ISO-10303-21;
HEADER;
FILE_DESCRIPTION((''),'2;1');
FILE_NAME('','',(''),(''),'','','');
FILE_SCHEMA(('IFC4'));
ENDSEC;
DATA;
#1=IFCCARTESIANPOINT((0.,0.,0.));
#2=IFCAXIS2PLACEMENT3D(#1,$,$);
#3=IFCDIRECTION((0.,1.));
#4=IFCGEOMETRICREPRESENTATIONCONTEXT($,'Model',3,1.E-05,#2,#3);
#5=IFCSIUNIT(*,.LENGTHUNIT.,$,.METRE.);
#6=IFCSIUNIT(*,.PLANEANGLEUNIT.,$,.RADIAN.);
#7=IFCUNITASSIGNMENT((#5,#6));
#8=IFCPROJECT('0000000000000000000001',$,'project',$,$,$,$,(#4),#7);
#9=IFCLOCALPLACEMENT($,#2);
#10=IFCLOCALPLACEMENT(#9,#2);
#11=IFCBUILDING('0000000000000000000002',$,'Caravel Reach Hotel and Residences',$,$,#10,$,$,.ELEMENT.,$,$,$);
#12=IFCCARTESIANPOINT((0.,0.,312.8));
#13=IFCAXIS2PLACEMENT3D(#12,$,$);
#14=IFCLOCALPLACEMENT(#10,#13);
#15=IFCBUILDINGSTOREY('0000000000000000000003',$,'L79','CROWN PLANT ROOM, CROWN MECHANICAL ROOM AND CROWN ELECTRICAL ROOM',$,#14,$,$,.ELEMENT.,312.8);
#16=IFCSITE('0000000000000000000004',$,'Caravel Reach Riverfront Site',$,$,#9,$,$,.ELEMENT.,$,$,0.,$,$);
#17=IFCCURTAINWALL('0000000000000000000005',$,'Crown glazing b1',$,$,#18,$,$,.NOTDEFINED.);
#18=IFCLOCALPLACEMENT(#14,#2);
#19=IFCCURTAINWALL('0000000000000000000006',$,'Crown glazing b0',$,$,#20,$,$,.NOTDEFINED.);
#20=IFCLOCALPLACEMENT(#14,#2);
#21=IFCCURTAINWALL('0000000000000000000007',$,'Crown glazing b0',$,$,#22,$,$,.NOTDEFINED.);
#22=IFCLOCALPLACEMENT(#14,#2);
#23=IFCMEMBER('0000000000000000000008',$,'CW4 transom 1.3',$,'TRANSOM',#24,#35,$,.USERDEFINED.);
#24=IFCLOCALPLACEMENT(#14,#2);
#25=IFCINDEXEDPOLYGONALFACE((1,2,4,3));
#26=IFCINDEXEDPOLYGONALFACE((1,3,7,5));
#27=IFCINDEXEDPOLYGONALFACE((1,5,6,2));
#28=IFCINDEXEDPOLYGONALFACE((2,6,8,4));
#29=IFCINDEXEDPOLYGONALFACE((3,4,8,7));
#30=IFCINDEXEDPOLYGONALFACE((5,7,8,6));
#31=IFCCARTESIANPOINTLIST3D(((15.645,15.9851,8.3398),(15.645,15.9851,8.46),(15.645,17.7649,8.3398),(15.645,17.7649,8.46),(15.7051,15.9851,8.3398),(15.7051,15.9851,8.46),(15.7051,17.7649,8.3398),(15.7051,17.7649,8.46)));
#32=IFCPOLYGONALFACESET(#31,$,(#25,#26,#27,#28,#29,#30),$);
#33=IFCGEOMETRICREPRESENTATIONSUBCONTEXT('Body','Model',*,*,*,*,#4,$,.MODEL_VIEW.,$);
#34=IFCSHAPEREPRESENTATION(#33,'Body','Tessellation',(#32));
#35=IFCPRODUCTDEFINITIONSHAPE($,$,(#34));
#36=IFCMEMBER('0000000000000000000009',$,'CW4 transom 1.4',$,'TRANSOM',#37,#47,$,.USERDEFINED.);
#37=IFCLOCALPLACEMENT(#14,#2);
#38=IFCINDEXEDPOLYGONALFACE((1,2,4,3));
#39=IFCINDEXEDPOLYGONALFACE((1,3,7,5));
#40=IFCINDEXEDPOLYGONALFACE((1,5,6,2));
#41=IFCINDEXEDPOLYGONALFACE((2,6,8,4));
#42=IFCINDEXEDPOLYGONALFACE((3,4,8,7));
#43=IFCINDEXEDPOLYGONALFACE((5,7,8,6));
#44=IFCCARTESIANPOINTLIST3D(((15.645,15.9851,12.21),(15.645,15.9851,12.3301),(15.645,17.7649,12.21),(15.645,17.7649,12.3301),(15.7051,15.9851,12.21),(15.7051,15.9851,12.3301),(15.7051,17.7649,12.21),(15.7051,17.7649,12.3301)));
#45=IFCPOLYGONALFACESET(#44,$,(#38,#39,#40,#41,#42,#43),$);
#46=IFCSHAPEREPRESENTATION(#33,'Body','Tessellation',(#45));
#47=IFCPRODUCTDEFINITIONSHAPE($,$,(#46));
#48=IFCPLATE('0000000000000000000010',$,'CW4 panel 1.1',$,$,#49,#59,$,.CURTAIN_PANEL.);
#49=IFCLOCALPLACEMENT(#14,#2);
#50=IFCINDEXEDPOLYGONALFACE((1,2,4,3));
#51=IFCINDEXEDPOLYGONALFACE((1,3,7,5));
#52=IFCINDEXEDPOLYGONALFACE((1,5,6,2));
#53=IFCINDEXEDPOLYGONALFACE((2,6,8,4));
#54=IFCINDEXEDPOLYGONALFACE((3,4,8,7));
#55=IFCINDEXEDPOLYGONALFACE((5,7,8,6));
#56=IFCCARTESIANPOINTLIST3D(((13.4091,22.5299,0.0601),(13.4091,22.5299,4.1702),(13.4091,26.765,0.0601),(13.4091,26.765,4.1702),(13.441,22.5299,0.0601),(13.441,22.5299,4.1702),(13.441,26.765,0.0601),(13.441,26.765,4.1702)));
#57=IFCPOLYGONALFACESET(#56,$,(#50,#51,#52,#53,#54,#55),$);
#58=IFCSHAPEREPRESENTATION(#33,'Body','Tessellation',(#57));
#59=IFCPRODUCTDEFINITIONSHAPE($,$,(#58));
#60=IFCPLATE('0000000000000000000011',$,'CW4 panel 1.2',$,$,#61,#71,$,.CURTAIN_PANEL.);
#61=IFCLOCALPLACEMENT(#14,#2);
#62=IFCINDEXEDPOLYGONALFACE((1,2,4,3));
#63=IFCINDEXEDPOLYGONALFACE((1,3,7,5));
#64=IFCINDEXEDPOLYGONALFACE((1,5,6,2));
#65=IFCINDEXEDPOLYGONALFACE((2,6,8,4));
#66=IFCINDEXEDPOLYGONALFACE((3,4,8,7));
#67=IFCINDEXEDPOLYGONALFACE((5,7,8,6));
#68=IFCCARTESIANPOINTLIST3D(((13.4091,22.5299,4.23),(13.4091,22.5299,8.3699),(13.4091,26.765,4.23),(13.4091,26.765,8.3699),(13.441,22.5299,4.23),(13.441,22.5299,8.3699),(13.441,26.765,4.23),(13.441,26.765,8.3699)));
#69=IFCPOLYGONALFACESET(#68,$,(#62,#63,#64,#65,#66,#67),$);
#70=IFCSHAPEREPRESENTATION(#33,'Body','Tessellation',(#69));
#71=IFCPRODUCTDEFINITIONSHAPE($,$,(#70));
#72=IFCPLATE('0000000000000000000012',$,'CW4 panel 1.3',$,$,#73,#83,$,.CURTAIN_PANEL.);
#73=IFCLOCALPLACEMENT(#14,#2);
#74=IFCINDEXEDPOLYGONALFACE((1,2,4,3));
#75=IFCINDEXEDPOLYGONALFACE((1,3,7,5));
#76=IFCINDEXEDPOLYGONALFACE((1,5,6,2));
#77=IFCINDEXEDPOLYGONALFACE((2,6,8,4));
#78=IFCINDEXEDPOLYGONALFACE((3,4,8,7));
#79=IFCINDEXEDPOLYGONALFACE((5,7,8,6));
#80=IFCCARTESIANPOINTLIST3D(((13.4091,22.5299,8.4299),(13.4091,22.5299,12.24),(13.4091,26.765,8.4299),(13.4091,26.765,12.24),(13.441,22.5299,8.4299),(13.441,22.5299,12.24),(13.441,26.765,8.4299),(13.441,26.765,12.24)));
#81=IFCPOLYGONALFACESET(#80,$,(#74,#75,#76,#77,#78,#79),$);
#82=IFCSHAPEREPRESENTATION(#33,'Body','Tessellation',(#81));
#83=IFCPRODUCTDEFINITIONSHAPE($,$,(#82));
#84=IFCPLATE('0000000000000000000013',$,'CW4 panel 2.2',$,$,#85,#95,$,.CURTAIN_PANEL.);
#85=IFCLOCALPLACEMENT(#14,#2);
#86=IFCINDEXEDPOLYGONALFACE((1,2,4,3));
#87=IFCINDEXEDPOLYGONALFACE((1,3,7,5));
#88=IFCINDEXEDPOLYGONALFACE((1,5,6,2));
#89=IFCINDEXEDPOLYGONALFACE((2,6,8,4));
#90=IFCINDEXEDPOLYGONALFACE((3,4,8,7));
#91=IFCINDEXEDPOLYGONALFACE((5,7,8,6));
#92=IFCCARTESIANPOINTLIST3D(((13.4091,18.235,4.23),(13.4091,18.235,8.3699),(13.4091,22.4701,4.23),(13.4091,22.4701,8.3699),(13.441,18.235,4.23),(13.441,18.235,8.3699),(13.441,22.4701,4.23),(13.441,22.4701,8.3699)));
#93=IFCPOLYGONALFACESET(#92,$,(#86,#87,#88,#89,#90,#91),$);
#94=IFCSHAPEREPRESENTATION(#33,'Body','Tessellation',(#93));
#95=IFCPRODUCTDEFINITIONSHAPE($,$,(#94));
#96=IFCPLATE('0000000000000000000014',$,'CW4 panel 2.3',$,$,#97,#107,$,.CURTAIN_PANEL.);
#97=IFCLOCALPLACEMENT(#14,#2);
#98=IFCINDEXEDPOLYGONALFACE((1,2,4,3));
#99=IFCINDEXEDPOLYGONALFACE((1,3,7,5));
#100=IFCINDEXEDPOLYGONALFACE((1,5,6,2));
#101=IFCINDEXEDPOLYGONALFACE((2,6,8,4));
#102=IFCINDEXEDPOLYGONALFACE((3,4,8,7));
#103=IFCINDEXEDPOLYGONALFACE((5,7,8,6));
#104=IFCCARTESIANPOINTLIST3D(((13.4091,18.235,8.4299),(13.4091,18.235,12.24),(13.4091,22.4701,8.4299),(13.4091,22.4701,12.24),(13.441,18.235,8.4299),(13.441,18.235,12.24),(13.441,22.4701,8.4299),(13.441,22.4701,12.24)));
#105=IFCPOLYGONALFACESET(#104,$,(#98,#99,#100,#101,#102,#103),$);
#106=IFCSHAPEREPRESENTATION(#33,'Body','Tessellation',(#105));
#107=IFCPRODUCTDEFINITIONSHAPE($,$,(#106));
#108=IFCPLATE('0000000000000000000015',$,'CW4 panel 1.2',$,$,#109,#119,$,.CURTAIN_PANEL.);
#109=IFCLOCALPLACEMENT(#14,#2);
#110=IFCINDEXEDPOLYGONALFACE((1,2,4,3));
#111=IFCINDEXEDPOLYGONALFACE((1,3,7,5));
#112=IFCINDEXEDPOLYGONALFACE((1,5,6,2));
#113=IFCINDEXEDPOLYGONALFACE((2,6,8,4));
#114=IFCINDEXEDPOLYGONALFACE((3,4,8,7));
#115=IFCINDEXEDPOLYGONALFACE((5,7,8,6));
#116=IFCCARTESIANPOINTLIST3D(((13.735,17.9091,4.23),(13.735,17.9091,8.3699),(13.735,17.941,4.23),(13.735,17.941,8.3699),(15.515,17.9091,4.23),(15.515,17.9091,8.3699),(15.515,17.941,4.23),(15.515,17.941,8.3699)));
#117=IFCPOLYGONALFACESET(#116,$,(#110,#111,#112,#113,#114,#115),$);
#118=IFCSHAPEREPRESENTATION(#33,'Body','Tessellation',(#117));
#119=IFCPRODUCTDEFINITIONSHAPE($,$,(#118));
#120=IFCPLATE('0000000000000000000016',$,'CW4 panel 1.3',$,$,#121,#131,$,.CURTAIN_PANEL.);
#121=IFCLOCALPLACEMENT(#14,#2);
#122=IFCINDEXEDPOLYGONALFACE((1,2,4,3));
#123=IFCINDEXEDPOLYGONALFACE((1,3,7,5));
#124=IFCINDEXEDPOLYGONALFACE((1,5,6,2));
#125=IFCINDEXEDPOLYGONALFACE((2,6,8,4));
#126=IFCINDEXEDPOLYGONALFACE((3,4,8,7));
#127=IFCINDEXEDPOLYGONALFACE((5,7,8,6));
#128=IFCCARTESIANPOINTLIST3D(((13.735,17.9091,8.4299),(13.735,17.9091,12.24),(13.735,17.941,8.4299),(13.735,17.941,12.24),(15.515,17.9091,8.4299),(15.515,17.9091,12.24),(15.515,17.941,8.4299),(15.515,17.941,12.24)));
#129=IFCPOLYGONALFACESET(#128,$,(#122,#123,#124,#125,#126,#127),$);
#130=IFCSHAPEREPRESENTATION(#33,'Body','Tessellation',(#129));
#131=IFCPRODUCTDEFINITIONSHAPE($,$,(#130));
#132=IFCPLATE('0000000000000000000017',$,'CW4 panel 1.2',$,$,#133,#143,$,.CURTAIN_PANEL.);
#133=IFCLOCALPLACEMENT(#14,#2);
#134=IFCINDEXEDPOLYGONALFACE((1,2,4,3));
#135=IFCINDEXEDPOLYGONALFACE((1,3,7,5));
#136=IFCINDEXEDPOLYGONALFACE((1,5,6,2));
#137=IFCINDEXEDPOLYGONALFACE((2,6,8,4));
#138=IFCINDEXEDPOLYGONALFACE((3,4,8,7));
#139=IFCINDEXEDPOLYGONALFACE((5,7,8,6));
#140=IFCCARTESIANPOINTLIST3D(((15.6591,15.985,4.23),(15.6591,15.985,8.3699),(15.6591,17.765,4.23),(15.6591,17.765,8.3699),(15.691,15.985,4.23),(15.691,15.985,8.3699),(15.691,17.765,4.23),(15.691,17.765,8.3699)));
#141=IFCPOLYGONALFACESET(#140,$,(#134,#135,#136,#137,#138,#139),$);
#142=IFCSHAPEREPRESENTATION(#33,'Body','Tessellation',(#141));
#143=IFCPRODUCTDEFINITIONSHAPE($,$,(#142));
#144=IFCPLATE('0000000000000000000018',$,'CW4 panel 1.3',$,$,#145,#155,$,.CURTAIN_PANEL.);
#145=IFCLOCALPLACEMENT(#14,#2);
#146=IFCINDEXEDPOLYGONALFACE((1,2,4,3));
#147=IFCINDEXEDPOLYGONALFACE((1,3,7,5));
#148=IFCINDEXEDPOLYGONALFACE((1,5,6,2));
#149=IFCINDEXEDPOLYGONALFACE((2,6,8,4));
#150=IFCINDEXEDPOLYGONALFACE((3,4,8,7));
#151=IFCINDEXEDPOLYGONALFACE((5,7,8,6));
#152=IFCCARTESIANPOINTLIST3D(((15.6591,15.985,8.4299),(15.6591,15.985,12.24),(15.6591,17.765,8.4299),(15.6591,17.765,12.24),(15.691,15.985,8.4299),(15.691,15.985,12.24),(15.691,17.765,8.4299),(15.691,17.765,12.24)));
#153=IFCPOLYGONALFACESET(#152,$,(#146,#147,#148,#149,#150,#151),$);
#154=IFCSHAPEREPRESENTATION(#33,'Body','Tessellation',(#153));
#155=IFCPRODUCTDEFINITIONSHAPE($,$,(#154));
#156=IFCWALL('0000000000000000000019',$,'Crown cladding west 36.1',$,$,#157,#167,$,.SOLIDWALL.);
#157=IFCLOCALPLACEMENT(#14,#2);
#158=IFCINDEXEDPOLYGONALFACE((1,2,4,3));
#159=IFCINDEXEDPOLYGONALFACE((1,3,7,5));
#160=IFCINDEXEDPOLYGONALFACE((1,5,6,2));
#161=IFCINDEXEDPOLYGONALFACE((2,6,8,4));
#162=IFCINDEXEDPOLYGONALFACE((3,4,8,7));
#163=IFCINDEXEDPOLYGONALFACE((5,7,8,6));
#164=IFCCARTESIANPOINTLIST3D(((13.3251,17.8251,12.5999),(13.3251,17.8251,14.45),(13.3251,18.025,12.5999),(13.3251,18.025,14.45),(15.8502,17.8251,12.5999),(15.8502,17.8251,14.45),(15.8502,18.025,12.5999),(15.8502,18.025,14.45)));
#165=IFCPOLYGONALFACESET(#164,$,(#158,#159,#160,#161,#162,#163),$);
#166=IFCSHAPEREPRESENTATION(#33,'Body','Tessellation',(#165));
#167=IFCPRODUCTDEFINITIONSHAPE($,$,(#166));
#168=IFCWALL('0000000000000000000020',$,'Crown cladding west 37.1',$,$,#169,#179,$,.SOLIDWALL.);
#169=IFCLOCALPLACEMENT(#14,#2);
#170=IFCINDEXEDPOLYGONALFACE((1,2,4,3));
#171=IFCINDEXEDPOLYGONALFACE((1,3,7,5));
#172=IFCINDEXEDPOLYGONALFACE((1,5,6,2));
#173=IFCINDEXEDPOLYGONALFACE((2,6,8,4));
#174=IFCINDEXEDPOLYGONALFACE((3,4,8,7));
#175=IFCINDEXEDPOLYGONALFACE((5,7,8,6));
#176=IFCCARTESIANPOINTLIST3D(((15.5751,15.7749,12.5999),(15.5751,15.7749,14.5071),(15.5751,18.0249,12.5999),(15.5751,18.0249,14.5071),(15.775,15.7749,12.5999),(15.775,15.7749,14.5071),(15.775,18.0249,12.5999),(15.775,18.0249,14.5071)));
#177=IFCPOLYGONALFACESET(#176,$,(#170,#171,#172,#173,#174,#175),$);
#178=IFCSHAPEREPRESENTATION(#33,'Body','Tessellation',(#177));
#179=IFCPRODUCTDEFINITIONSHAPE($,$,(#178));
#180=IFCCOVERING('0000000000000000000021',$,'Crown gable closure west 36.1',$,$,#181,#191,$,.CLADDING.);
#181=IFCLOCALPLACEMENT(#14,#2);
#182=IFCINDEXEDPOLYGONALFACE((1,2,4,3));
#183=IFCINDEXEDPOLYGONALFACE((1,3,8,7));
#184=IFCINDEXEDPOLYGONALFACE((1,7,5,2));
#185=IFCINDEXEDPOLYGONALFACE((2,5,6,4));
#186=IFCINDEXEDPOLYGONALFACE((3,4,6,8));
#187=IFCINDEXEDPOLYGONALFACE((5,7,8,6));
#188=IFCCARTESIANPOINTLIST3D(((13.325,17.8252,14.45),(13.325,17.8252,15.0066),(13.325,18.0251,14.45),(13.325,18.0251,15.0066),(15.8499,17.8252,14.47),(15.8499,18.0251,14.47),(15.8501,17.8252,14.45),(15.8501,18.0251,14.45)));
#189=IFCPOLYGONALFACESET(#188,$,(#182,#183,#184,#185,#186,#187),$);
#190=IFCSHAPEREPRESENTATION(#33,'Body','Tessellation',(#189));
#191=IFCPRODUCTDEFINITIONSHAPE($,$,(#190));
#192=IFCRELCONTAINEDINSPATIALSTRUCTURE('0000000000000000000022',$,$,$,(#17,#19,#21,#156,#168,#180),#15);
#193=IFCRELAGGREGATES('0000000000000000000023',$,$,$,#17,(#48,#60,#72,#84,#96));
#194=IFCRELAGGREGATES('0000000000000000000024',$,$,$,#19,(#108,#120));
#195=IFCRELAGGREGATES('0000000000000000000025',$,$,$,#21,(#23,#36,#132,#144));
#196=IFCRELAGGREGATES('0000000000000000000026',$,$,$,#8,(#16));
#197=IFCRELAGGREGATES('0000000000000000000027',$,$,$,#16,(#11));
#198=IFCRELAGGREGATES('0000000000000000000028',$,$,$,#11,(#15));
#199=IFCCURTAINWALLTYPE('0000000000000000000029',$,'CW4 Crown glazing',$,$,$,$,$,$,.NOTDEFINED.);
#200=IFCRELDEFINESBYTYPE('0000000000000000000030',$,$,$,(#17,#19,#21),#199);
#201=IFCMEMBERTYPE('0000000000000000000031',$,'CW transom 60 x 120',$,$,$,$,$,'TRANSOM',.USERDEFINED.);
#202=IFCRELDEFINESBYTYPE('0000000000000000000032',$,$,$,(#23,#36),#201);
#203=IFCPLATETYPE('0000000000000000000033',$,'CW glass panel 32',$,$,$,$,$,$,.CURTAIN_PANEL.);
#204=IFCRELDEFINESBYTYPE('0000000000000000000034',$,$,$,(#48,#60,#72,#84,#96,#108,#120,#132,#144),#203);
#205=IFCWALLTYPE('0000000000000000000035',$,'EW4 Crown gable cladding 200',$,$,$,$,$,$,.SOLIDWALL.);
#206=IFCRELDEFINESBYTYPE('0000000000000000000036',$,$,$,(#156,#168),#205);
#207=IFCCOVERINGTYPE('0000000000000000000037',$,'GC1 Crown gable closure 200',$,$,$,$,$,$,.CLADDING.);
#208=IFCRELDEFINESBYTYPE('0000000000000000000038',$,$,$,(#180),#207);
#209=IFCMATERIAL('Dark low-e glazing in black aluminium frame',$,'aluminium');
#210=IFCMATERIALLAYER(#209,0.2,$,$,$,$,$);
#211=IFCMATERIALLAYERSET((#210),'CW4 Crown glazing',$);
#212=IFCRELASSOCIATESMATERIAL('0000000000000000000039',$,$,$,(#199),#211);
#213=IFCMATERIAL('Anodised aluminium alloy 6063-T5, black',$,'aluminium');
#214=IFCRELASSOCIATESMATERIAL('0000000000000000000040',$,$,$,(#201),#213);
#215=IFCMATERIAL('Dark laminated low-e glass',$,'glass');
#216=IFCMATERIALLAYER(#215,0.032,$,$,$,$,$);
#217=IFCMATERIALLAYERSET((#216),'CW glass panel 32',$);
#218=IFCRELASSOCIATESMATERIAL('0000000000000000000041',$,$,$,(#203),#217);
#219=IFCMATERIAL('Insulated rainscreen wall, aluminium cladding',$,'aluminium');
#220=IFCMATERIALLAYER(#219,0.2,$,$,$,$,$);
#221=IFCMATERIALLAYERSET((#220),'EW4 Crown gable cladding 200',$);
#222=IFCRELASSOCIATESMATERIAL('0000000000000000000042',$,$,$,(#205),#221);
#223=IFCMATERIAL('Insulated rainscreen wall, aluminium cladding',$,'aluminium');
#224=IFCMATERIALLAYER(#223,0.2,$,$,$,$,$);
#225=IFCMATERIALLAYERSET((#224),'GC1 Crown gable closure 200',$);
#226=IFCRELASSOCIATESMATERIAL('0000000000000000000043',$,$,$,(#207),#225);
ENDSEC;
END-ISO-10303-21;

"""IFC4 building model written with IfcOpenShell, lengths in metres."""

from ifc_helpers import new_model, si_unit, direction, frame, frame_2d, origin, origin_2d, place, context, subcontext, project, spatial, polyline, rectangle, outline, extrude, material, layer, layer_set, material_profile, profile_set, type_object, element, aggregate, save


model = new_model("IFC4")

# Units and contexts
model_context = context("Model", 3, precision=1e-05, world=origin(), true_north=direction((0.0, 1.0)))
body_context = subcontext(model_context, "Body", "Model", "MODEL_VIEW")
ifc_project = project(units=[si_unit("LENGTHUNIT", "METRE"), si_unit("PLANEANGLEUNIT", "RADIAN")], contexts=[model_context])

# Site, building, storey
site_placement = place(None, origin())
site = spatial("IfcSite", under=ifc_project, at=site_placement, Name="Caravel Reach Riverfront Site", CompositionType="ELEMENT", RefElevation=0.0)
building_placement = place(site_placement, origin())
building = spatial("IfcBuilding", under=site, at=building_placement, Name="Caravel Reach Hotel and Residences", CompositionType="ELEMENT")
storey_placement = place(building_placement, frame((0.0, 0.0, 312.8)))
storey = spatial("IfcBuildingStorey", under=building, at=storey_placement, Name="L79", Description="CROWN PLANT ROOM, CROWN MECHANICAL ROOM AND CROWN ELECTRICAL ROOM", CompositionType="ELEMENT", Elevation=312.8)

# Curtain walls, members
ifc_material_1 = material(Name="Dark low-e glazing in black aluminium frame", Category="aluminium")
ifc_layer_1 = layer(ifc_material_1, 0.2)
ifc_layer_set_1 = layer_set([ifc_layer_1], Name="CW4 Crown glazing")
curtain_wall_type = type_object("IfcCurtainWallType", Name="CW4 Crown glazing", PredefinedType="NOTDEFINED", material=ifc_layer_set_1)
curtain_wall_1_placement = place(storey_placement, origin())
curtain_wall_1 = element("IfcCurtainWall", 1, at=curtain_wall_1_placement, inside=storey, type_object=curtain_wall_type, Name="Crown glazing b1", PredefinedType="NOTDEFINED")
ifc_material_2 = material(Name="Anodised aluminium alloy 6063-T5, black", Category="aluminium")
ifc_material_profile_1 = material_profile(ifc_material_2, rectangle(XDim=0.0601, YDim=0.1201, at=origin_2d()), Name="CW transom 60 x 120")
ifc_profile_set_1 = profile_set([ifc_material_profile_1], Name="Anodised aluminium alloy 6063-T5, black")
member_type = type_object("IfcMemberType", Name="CW transom 60 x 120", ElementType="TRANSOM", PredefinedType="USERDEFINED", material=ifc_profile_set_1)
curtain_wall_2_placement = place(storey_placement, origin())
curtain_wall_2 = element("IfcCurtainWall", 2, at=curtain_wall_2_placement, inside=storey, type_object=curtain_wall_type, Name="Crown glazing b0", PredefinedType="NOTDEFINED")
curtain_wall_3_placement = place(storey_placement, origin())
curtain_wall_3 = element("IfcCurtainWall", 3, at=curtain_wall_3_placement, inside=storey, type_object=curtain_wall_type, Name="Crown glazing b0", PredefinedType="NOTDEFINED")
member_1_placement = place(storey_placement, frame((15.675, 17.7649, 8.3999), z_axis=(0.0, -1.0, 0.0), x_axis=(1.0, 0.0, 0.0)))
member_1 = element("IfcMember", 4, at=member_1_placement, type_object=member_type, Name="CW4 transom 1.3", ObjectType="TRANSOM", PredefinedType="USERDEFINED", context=body_context, shape_type="SweptSolid", body=[
    extrude(rectangle(XDim=0.0601, YDim=0.1201, at=origin_2d()), origin(), (0.0, 0.0, 1.0), 1.7798),
])
member_2_placement = place(storey_placement, frame((15.675, 17.7649, 12.27), z_axis=(0.0, -1.0, 0.0), x_axis=(1.0, 0.0, 0.0)))
member_2 = element("IfcMember", 5, at=member_2_placement, type_object=member_type, Name="CW4 transom 1.4", ObjectType="TRANSOM", PredefinedType="USERDEFINED", context=body_context, shape_type="SweptSolid", body=[
    extrude(rectangle(XDim=0.0601, YDim=0.1201, at=origin_2d()), origin(), (0.0, 0.0, 1.0), 1.7798),
])

# Plates
ifc_material_3 = material(Name="Dark laminated low-e glass", Category="glass")
ifc_layer_2 = layer(ifc_material_3, 0.032)
ifc_layer_set_2 = layer_set([ifc_layer_2], Name="CW glass panel 32")
plate_type = type_object("IfcPlateType", Name="CW glass panel 32", PredefinedType="CURTAIN_PANEL", material=ifc_layer_set_2)
plate_1_placement = place(storey_placement, frame((13.425, 24.6475, 0.0601), z_axis=(0.0, 0.0, 1.0), x_axis=(0.0, -1.0, 0.0)))
plate_1 = element("IfcPlate", 6, at=plate_1_placement, type_object=plate_type, Name="CW4 panel 1.1", PredefinedType="CURTAIN_PANEL", context=body_context, shape_type="SweptSolid", body=[
    extrude(rectangle(XDim=4.2351, YDim=0.032, at=origin_2d()), origin(), (0.0, 0.0, 1.0), 4.1101),
])
plate_2_placement = place(storey_placement, frame((13.425, 24.6475, 4.23), z_axis=(0.0, 0.0, 1.0), x_axis=(0.0, -1.0, 0.0)))
plate_2 = element("IfcPlate", 7, at=plate_2_placement, type_object=plate_type, Name="CW4 panel 1.2", PredefinedType="CURTAIN_PANEL", context=body_context, shape_type="SweptSolid", body=[
    extrude(rectangle(XDim=4.2351, YDim=0.032, at=origin_2d()), origin(), (0.0, 0.0, 1.0), 4.1399),
])
plate_3_placement = place(storey_placement, frame((13.425, 24.6475, 8.4299), z_axis=(0.0, 0.0, 1.0), x_axis=(0.0, -1.0, 0.0)))
plate_3 = element("IfcPlate", 8, at=plate_3_placement, type_object=plate_type, Name="CW4 panel 1.3", PredefinedType="CURTAIN_PANEL", context=body_context, shape_type="SweptSolid", body=[
    extrude(rectangle(XDim=4.2351, YDim=0.032, at=origin_2d()), origin(), (0.0, 0.0, 1.0), 3.8101),
])
plate_4_placement = place(storey_placement, frame((13.425, 20.3525, 4.23), z_axis=(0.0, 0.0, 1.0), x_axis=(0.0, -1.0, 0.0)))
plate_4 = element("IfcPlate", 9, at=plate_4_placement, type_object=plate_type, Name="CW4 panel 2.2", PredefinedType="CURTAIN_PANEL", context=body_context, shape_type="SweptSolid", body=[
    extrude(rectangle(XDim=4.2351, YDim=0.032, at=origin_2d()), origin(), (0.0, 0.0, 1.0), 4.1399),
])
plate_5_placement = place(storey_placement, frame((13.425, 20.3525, 8.4299), z_axis=(0.0, 0.0, 1.0), x_axis=(0.0, -1.0, 0.0)))
plate_5 = element("IfcPlate", 10, at=plate_5_placement, type_object=plate_type, Name="CW4 panel 2.3", PredefinedType="CURTAIN_PANEL", context=body_context, shape_type="SweptSolid", body=[
    extrude(rectangle(XDim=4.2351, YDim=0.032, at=origin_2d()), origin(), (0.0, 0.0, 1.0), 3.8101),
])
aggregate(curtain_wall_1, [plate_1, plate_2, plate_3, plate_4, plate_5])
plate_6_placement = place(storey_placement, frame((14.625, 17.925, 4.23), z_axis=(0.0, 0.0, 1.0), x_axis=(1.0, 0.0, 0.0)))
plate_6 = element("IfcPlate", 11, at=plate_6_placement, type_object=plate_type, Name="CW4 panel 1.2", PredefinedType="CURTAIN_PANEL", context=body_context, shape_type="SweptSolid", body=[
    extrude(rectangle(XDim=1.78, YDim=0.032, at=origin_2d()), origin(), (0.0, 0.0, 1.0), 4.1399),
])
plate_7_placement = place(storey_placement, frame((14.625, 17.925, 8.4299), z_axis=(0.0, 0.0, 1.0), x_axis=(1.0, 0.0, 0.0)))
plate_7 = element("IfcPlate", 12, at=plate_7_placement, type_object=plate_type, Name="CW4 panel 1.3", PredefinedType="CURTAIN_PANEL", context=body_context, shape_type="SweptSolid", body=[
    extrude(rectangle(XDim=1.78, YDim=0.032, at=origin_2d()), origin(), (0.0, 0.0, 1.0), 3.8101),
])
aggregate(curtain_wall_2, [plate_6, plate_7])
plate_8_placement = place(storey_placement, frame((15.675, 16.875, 4.23), z_axis=(0.0, 0.0, 1.0), x_axis=(0.0, -1.0, 0.0)))
plate_8 = element("IfcPlate", 13, at=plate_8_placement, type_object=plate_type, Name="CW4 panel 1.2", PredefinedType="CURTAIN_PANEL", context=body_context, shape_type="SweptSolid", body=[
    extrude(rectangle(XDim=1.78, YDim=0.032, at=origin_2d()), origin(), (0.0, 0.0, 1.0), 4.1399),
])
plate_9_placement = place(storey_placement, frame((15.675, 16.875, 8.4299), z_axis=(0.0, 0.0, 1.0), x_axis=(0.0, -1.0, 0.0)))
plate_9 = element("IfcPlate", 14, at=plate_9_placement, type_object=plate_type, Name="CW4 panel 1.3", PredefinedType="CURTAIN_PANEL", context=body_context, shape_type="SweptSolid", body=[
    extrude(rectangle(XDim=1.78, YDim=0.032, at=origin_2d()), origin(), (0.0, 0.0, 1.0), 3.8101),
])
aggregate(curtain_wall_3, [member_1, member_2, plate_8, plate_9])

# Walls
ifc_material_4 = material(Name="Insulated rainscreen wall, aluminium cladding", Category="aluminium")
ifc_layer_3 = layer(ifc_material_4, 0.2)
ifc_layer_set_3 = layer_set([ifc_layer_3], Name="EW4 Crown gable cladding 200")
wall_type = type_object("IfcWallType", Name="EW4 Crown gable cladding 200", PredefinedType="SOLIDWALL", material=ifc_layer_set_3)
wall_1_placement = place(storey_placement, frame((13.325, 17.925, 12.5999), z_axis=(0.0, 0.0, 1.0), x_axis=(1.0, 0.0, 0.0)))
element("IfcWall", 15, at=wall_1_placement, inside=storey, type_object=wall_type, Name="Crown cladding west 36.1", PredefinedType="SOLIDWALL", context=body_context, shape_type="SweptSolid", body=[
    extrude(rectangle(XDim=2.5251, YDim=0.2, at=frame_2d((1.2627, 0.0))), origin(), (0.0, 0.0, 1.0), 1.8501),
])
wall_2_placement = place(storey_placement, frame((15.675, 18.0249, 12.5999), z_axis=(0.0, 0.0, 1.0), x_axis=(0.0, -1.0, 0.0)))
element("IfcWall", 16, at=wall_2_placement, inside=storey, type_object=wall_type, Name="Crown cladding west 37.1", PredefinedType="SOLIDWALL", context=body_context, shape_type="SweptSolid", body=[
    extrude(rectangle(XDim=2.25, YDim=0.2, at=frame_2d((1.125, 0.0))), origin(), (0.0, 0.0, 1.0), 1.9072),
])

# Covering
ifc_material_5 = material(Name="Insulated rainscreen wall, aluminium cladding", Category="aluminium")
ifc_layer_4 = layer(ifc_material_5, 0.2)
ifc_layer_set_4 = layer_set([ifc_layer_4], Name="GC1 Crown gable closure 200")
covering_type = type_object("IfcCoveringType", Name="GC1 Crown gable closure 200", PredefinedType="CLADDING", material=ifc_layer_set_4)
covering_placement = place(storey_placement, frame((13.325, 17.925, 14.45), z_axis=(0.0, 0.0, 1.0), x_axis=(1.0, 0.0, 0.0)))
element("IfcCovering", 17, at=covering_placement, inside=storey, type_object=covering_type, Name="Crown gable closure west 36.1", PredefinedType="CLADDING", context=body_context, shape_type="SweptSolid", body=[
    extrude(outline(polyline([(0.0, 0.0), (2.5251, 0.0), (2.5249, 0.02), (0.0, 0.5566), (0.0, 0.0)])), frame((0.0, 0.1001, 0.0), z_axis=(0.0, -1.0, 0.0), x_axis=(1.0, 0.0, 0.0)), (0.0, 0.0, 1.0), 0.2),
])

save(model, "model.ifc")
